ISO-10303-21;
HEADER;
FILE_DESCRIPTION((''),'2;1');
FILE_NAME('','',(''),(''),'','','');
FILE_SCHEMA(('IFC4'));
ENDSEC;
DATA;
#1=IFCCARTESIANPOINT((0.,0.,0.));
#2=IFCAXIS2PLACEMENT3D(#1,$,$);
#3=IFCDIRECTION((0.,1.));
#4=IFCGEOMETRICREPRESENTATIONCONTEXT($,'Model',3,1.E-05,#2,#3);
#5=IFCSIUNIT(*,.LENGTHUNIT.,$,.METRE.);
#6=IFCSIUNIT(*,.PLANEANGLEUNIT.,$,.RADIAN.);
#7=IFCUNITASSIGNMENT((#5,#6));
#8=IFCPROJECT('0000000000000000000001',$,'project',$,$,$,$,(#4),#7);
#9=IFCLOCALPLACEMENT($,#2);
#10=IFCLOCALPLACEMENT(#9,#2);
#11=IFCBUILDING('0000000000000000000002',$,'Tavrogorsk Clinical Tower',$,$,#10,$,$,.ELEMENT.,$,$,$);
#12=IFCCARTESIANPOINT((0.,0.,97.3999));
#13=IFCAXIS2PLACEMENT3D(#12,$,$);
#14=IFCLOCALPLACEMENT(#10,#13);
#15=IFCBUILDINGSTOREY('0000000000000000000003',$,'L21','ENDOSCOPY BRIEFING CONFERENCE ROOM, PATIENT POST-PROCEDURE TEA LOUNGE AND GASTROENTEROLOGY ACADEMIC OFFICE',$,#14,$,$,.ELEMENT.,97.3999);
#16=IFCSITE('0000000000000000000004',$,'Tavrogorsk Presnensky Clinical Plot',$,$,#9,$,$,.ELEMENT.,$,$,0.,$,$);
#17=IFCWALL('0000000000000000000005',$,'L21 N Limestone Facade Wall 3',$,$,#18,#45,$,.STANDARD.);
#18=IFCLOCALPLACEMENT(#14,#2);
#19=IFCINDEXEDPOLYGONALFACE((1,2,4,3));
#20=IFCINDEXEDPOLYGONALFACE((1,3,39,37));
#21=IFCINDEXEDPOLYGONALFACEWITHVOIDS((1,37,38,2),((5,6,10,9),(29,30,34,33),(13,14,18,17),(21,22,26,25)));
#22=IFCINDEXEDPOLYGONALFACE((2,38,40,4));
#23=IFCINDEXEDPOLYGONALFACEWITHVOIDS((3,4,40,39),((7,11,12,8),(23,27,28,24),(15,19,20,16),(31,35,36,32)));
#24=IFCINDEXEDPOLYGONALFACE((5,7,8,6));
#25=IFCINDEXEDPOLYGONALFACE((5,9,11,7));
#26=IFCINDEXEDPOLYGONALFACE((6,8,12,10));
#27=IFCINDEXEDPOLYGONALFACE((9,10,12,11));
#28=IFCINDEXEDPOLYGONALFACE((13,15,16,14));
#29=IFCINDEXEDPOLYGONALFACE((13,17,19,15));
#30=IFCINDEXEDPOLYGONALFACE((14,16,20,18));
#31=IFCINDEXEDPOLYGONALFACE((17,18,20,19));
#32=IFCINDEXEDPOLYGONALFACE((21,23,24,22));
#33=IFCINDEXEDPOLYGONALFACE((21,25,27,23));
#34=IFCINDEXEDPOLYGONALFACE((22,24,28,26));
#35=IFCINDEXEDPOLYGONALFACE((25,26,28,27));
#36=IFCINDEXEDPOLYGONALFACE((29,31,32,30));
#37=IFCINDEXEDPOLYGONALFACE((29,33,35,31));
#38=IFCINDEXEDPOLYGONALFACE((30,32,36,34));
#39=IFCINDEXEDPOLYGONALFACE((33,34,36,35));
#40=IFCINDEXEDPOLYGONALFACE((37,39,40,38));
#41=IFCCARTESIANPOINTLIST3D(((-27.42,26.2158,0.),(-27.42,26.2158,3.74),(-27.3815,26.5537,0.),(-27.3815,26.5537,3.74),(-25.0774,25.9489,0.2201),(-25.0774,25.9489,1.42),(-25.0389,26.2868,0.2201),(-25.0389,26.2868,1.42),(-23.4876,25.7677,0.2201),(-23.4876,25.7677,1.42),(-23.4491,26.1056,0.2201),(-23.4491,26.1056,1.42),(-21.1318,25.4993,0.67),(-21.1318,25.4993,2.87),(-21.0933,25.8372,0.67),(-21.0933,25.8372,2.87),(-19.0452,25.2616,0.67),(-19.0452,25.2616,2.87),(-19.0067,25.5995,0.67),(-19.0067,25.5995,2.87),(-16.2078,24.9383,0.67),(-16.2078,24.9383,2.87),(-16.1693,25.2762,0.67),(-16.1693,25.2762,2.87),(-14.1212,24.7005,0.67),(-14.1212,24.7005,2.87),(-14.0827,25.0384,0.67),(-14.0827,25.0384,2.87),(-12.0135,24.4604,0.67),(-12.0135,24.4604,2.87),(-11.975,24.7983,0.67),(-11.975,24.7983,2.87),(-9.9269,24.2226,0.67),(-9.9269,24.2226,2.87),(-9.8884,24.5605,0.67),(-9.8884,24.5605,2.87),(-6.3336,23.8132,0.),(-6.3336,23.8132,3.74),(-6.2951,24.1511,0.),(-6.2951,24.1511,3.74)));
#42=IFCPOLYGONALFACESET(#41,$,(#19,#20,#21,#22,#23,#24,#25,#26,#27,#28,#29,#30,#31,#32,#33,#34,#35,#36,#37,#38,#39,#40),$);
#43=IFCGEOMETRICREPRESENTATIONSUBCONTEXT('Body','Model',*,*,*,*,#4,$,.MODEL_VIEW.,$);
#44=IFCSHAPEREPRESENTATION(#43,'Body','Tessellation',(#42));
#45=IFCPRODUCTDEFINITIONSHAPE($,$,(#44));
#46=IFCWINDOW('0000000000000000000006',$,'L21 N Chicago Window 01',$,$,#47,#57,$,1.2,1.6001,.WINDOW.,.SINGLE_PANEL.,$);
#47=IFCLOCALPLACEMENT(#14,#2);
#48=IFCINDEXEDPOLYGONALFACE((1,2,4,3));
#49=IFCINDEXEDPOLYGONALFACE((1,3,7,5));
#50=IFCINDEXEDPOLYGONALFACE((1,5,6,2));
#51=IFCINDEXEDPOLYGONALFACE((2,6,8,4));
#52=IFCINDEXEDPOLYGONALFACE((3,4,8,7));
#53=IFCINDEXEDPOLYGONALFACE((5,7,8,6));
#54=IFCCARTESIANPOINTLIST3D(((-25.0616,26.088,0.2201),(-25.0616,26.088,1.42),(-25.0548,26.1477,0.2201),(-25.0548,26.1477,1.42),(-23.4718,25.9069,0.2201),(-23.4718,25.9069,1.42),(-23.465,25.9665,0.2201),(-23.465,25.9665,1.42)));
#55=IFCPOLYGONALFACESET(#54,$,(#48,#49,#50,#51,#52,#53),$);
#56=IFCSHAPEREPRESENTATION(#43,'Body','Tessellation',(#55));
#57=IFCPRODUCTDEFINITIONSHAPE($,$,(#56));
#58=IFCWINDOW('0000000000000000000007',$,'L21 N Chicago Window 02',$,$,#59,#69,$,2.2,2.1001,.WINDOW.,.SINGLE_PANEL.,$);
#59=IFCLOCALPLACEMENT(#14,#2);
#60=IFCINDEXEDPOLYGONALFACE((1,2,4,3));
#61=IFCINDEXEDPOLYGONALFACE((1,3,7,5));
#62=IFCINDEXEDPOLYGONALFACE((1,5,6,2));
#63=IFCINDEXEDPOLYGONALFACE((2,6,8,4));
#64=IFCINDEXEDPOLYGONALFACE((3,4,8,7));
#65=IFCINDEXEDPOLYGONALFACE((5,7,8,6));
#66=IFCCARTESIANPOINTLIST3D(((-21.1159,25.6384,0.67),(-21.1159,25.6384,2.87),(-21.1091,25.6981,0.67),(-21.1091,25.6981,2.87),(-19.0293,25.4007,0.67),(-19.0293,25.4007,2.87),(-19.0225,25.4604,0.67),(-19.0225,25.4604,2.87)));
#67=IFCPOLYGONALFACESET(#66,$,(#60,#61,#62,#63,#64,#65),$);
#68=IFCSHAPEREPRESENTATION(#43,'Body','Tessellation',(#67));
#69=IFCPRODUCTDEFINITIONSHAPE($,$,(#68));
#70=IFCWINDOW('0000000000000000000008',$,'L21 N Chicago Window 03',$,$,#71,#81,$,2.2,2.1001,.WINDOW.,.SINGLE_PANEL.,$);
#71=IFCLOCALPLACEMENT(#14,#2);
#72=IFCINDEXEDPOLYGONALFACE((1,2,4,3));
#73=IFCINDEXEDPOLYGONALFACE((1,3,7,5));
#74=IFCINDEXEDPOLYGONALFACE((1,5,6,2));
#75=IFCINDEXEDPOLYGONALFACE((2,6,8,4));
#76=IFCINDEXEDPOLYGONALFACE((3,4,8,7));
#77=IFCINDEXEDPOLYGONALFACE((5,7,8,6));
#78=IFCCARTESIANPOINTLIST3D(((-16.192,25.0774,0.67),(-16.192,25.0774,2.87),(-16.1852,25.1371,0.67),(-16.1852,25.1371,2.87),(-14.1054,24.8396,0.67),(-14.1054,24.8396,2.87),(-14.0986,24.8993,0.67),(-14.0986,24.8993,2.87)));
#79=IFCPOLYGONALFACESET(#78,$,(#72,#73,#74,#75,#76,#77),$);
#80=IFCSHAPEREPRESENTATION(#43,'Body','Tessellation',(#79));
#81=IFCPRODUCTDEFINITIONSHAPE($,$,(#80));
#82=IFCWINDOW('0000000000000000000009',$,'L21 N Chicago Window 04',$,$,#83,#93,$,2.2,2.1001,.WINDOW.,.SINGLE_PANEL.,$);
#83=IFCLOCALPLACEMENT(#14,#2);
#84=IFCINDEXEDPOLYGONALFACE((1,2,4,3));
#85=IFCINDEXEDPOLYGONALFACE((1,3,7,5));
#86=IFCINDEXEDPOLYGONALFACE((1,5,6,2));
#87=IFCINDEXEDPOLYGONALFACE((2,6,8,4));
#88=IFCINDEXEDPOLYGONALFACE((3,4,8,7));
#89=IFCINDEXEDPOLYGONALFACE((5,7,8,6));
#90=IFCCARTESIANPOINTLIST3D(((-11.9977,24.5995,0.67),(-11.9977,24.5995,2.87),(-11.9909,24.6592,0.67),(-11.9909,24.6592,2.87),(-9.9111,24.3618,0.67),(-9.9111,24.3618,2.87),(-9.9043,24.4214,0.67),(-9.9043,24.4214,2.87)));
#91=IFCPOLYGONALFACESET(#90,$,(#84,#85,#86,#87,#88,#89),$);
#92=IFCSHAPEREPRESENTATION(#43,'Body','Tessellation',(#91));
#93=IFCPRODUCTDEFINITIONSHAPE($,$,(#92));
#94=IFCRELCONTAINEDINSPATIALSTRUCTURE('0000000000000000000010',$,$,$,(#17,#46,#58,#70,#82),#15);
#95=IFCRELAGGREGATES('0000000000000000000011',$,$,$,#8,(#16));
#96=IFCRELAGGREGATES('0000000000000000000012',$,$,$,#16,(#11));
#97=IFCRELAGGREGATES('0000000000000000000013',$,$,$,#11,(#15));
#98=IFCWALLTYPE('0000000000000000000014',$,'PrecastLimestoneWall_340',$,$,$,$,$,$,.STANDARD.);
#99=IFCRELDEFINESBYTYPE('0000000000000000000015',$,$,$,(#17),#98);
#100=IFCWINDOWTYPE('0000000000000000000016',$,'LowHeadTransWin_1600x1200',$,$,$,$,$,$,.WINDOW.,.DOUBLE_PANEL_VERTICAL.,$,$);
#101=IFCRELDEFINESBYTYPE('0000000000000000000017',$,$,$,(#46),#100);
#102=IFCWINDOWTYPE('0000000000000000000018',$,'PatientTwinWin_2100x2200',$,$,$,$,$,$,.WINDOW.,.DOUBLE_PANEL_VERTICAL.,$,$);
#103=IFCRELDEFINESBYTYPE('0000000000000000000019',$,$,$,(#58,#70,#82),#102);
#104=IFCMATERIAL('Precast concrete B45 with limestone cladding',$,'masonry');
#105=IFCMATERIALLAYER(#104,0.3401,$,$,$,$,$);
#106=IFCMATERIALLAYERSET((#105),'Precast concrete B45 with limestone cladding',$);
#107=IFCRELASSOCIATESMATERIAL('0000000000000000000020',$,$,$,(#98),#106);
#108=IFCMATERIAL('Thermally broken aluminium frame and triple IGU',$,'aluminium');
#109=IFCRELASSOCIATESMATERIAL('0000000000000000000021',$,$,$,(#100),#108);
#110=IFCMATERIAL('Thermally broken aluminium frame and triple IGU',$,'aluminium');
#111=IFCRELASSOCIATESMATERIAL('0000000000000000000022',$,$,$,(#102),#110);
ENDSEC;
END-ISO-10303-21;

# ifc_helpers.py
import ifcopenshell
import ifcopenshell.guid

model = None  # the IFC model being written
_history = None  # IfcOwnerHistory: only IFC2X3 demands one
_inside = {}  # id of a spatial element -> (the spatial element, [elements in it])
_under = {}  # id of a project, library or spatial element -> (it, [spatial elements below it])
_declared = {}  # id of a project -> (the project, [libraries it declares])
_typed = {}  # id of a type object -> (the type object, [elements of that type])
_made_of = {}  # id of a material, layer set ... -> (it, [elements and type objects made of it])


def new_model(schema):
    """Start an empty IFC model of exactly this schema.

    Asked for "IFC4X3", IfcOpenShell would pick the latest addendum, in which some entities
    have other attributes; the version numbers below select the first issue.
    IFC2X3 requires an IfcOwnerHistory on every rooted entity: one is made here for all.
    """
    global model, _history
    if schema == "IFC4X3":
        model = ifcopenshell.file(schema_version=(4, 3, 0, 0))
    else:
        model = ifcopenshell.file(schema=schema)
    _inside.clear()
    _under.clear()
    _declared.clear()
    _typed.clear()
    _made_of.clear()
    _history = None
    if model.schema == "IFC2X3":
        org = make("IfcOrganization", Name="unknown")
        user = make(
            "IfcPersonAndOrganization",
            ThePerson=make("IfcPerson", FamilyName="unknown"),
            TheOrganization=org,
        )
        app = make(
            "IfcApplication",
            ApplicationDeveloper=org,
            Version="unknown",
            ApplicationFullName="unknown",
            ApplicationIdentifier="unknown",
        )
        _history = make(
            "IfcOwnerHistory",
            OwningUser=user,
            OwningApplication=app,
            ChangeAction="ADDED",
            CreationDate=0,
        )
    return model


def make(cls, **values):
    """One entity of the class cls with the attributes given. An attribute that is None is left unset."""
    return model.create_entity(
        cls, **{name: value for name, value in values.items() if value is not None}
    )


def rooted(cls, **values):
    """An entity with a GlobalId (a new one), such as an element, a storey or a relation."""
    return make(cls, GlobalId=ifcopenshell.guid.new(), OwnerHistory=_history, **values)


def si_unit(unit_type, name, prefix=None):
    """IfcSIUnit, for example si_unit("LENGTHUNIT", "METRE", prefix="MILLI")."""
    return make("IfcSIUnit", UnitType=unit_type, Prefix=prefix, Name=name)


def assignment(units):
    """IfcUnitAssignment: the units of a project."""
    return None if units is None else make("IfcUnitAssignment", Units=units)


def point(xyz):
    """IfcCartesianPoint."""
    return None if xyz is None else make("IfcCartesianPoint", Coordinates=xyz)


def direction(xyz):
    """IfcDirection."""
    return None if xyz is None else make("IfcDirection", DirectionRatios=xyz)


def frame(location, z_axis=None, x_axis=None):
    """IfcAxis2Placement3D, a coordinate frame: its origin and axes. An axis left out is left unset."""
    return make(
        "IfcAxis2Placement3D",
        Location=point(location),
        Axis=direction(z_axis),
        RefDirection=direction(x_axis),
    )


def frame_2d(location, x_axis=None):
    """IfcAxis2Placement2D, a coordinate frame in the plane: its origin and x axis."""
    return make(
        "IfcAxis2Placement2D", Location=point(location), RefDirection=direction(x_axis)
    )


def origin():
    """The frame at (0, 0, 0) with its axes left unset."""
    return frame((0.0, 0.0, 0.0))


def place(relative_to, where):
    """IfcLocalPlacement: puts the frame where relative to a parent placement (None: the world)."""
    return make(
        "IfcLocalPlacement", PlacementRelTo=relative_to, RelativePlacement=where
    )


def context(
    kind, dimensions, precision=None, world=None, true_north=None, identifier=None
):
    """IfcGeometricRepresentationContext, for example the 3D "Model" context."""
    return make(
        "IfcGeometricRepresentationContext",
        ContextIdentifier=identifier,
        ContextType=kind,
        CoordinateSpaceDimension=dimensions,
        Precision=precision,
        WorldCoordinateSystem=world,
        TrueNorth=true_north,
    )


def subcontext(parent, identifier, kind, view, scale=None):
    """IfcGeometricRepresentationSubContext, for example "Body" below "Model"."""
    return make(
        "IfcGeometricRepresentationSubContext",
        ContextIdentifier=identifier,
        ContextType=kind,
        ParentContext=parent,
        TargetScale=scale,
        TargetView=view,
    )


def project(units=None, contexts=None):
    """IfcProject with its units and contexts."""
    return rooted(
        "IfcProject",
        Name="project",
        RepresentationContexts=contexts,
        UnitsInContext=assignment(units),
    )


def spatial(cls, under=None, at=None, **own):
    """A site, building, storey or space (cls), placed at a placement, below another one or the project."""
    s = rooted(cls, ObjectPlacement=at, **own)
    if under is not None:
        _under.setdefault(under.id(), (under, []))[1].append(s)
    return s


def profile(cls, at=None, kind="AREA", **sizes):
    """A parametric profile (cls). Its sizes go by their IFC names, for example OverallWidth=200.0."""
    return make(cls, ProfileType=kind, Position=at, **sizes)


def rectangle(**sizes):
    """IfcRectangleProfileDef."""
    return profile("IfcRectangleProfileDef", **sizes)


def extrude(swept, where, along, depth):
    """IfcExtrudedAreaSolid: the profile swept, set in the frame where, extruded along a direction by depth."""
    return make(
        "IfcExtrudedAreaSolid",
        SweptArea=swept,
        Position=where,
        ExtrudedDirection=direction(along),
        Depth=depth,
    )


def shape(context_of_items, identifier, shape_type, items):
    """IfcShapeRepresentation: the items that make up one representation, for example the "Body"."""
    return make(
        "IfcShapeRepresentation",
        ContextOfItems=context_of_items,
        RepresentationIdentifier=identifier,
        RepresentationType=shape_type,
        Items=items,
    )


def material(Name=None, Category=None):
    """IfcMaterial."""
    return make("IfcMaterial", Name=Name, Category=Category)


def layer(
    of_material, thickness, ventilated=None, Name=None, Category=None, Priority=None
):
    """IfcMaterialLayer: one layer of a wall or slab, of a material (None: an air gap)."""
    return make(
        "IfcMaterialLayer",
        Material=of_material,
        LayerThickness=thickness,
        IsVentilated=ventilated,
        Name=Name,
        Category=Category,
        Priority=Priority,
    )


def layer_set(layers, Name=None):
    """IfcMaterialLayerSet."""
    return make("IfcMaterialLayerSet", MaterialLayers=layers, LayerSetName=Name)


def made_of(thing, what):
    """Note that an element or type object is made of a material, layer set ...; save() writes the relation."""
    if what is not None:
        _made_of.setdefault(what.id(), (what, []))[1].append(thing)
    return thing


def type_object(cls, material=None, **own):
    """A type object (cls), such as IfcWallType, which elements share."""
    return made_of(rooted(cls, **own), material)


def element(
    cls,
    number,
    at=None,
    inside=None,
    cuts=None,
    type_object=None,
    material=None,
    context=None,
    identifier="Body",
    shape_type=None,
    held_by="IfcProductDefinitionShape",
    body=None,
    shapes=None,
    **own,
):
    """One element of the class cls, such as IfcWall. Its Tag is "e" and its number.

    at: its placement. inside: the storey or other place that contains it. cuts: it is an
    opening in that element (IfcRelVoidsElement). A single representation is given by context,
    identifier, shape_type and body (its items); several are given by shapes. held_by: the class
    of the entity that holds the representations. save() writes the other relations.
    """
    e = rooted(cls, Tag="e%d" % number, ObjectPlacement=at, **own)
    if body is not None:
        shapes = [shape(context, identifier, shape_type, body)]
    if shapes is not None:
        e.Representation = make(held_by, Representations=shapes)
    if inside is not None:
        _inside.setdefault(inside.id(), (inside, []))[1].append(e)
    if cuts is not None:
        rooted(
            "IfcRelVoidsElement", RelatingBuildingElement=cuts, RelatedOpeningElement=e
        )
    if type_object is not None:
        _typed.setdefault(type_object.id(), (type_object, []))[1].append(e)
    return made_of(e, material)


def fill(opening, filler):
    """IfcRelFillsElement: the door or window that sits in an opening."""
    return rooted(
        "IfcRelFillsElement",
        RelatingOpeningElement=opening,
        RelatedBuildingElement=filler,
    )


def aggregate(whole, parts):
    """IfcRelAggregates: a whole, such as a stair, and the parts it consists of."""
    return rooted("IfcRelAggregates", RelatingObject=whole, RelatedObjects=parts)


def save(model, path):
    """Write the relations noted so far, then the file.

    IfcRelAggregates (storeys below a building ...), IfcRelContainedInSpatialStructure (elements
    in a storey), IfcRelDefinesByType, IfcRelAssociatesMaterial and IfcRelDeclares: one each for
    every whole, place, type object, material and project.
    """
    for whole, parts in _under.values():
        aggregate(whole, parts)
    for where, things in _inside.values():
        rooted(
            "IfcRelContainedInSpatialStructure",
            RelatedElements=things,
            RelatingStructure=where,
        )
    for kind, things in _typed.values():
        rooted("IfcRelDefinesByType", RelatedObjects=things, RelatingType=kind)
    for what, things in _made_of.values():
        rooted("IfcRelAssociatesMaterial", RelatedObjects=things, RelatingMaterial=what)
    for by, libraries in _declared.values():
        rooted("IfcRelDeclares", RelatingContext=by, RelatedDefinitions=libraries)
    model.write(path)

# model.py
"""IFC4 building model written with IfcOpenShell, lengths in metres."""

from ifc_helpers import new_model, si_unit, direction, frame, frame_2d, origin, place, context, subcontext, project, spatial, rectangle, extrude, material, layer, layer_set, type_object, element, fill, save


model = new_model("IFC4")

# Units and contexts
model_context = context("Model", 3, precision=1e-05, world=origin(), true_north=direction((0.0, 1.0)))
body_context = subcontext(model_context, "Body", "Model", "MODEL_VIEW")
ifc_project = project(units=[si_unit("LENGTHUNIT", "METRE"), si_unit("PLANEANGLEUNIT", "RADIAN")], contexts=[model_context])

# Site, building, storey
site_placement = place(None, origin())
site = spatial("IfcSite", under=ifc_project, at=site_placement, Name="Tavrogorsk Presnensky Clinical Plot", CompositionType="ELEMENT", RefElevation=0.0)
building_placement = place(site_placement, origin())
building = spatial("IfcBuilding", under=site, at=building_placement, Name="Tavrogorsk Clinical Tower", CompositionType="ELEMENT")
storey_placement = place(building_placement, frame((0.0, 0.0, 97.3999)))
storey = spatial("IfcBuildingStorey", under=building, at=storey_placement, Name="L21", Description="ENDOSCOPY BRIEFING CONFERENCE ROOM, PATIENT POST-PROCEDURE TEA LOUNGE AND GASTROENTEROLOGY ACADEMIC OFFICE", CompositionType="ELEMENT", Elevation=97.3999)

# Wall, openings, windows
ifc_material_1 = material(Name="Precast concrete B45 with limestone cladding", Category="masonry")
ifc_layer_1 = layer(ifc_material_1, 0.3401)
ifc_layer_set_1 = layer_set([ifc_layer_1], Name="Precast concrete B45 with limestone cladding")
wall_type_1 = type_object("IfcWallType", Name="PrecastLimestoneWall_340", PredefinedType="STANDARD", material=ifc_layer_set_1)
wall_1_placement = place(storey_placement, frame((-6.3145, 23.9822, 0.0), z_axis=(0.0, 0.0, 1.0), x_axis=(-0.993571, 0.113208, 0.0)))
wall_1 = element("IfcWall", 1, at=wall_1_placement, inside=storey, type_object=wall_type_1, Name="L21 N Limestone Facade Wall 3", PredefinedType="STANDARD", context=body_context, shape_type="SweptSolid", body=[
    extrude(rectangle(XDim=21.2229, YDim=0.3401, at=frame_2d((10.6113, 0.0))), origin(), (0.0, 0.0, 1.0), 3.74),
])
opening_1_placement = place(wall_1_placement, frame((17.2649, 0.0, 0.22)))
opening_1 = element("IfcOpeningElement", 2, at=opening_1_placement, cuts=wall_1, PredefinedType="OPENING", context=body_context, shape_type="SweptSolid", body=[
    extrude(rectangle(XDim=1.6001, YDim=1.2, at=frame_2d((0.8, 0.6001))), frame((0.0, 0.1799, 0.0), z_axis=(0.0, -1.0, 0.0), x_axis=(1.0, 0.0, 0.0)), (0.0, 0.0, 1.0), 0.3601),
])
opening_2_placement = place(wall_1_placement, frame((12.7937, 0.0, 0.6699)))
opening_2 = element("IfcOpeningElement", 3, at=opening_2_placement, cuts=wall_1, PredefinedType="OPENING", context=body_context, shape_type="SweptSolid", body=[
    extrude(rectangle(XDim=2.1001, YDim=2.2, at=frame_2d((1.05, 1.1001))), frame((0.0, 0.1799, 0.0), z_axis=(0.0, -1.0, 0.0), x_axis=(1.0, 0.0, 0.0)), (0.0, 0.0, 1.0), 0.3601),
])
opening_3_placement = place(wall_1_placement, frame((7.8379, 0.0, 0.6699)))
opening_3 = element("IfcOpeningElement", 4, at=opening_3_placement, cuts=wall_1, PredefinedType="OPENING", context=body_context, shape_type="SweptSolid", body=[
    extrude(rectangle(XDim=2.1001, YDim=2.2, at=frame_2d((1.05, 1.1001))), frame((0.0, 0.1799, 0.0), z_axis=(0.0, -1.0, 0.0), x_axis=(1.0, 0.0, 0.0)), (0.0, 0.0, 1.0), 0.3601),
])
opening_4_placement = place(wall_1_placement, frame((3.6165, 0.0, 0.6699)))
opening_4 = element("IfcOpeningElement", 5, at=opening_4_placement, cuts=wall_1, PredefinedType="OPENING", context=body_context, shape_type="SweptSolid", body=[
    extrude(rectangle(XDim=2.1001, YDim=2.2, at=frame_2d((1.05, 1.1001))), frame((0.0, 0.1799, 0.0), z_axis=(0.0, -1.0, 0.0), x_axis=(1.0, 0.0, 0.0)), (0.0, 0.0, 1.0), 0.3601),
])
ifc_material_2 = material(Name="Thermally broken aluminium frame and triple IGU", Category="aluminium")
window_type_1 = type_object("IfcWindowType", Name="LowHeadTransWin_1600x1200", PartitioningType="DOUBLE_PANEL_VERTICAL", PredefinedType="WINDOW", material=ifc_material_2)
window_1_placement = place(opening_1_placement, origin())
window_1 = element("IfcWindow", 6, at=window_1_placement, inside=storey, type_object=window_type_1, Name="L21 N Chicago Window 01", OverallHeight=1.2, OverallWidth=1.6001, PartitioningType="SINGLE_PANEL", PredefinedType="WINDOW", context=body_context, shape_type="SweptSolid", body=[
    extrude(rectangle(XDim=1.6001, YDim=1.2, at=frame_2d((0.8, 0.6001))), frame((0.0, 0.03, 0.0), z_axis=(0.0, -1.0, 0.0), x_axis=(1.0, 0.0, 0.0)), (0.0, 0.0, 1.0), 0.0601),
])
fill(opening_1, window_1)
ifc_material_3 = material(Name="Thermally broken aluminium frame and triple IGU", Category="aluminium")
window_type_2 = type_object("IfcWindowType", Name="PatientTwinWin_2100x2200", PartitioningType="DOUBLE_PANEL_VERTICAL", PredefinedType="WINDOW", material=ifc_material_3)
window_2_placement = place(opening_2_placement, origin())
window_2 = element("IfcWindow", 7, at=window_2_placement, inside=storey, type_object=window_type_2, Name="L21 N Chicago Window 02", OverallHeight=2.2, OverallWidth=2.1001, PartitioningType="SINGLE_PANEL", PredefinedType="WINDOW", context=body_context, shape_type="SweptSolid", body=[
    extrude(rectangle(XDim=2.1001, YDim=2.2, at=frame_2d((1.05, 1.1001))), frame((0.0, 0.03, 0.0), z_axis=(0.0, -1.0, 0.0), x_axis=(1.0, 0.0, 0.0)), (0.0, 0.0, 1.0), 0.0601),
])
fill(opening_2, window_2)
window_3_placement = place(opening_3_placement, origin())
window_3 = element("IfcWindow", 8, at=window_3_placement, inside=storey, type_object=window_type_2, Name="L21 N Chicago Window 03", OverallHeight=2.2, OverallWidth=2.1001, PartitioningType="SINGLE_PANEL", PredefinedType="WINDOW", context=body_context, shape_type="SweptSolid", body=[
    extrude(rectangle(XDim=2.1001, YDim=2.2, at=frame_2d((1.05, 1.1001))), frame((0.0, 0.03, 0.0), z_axis=(0.0, -1.0, 0.0), x_axis=(1.0, 0.0, 0.0)), (0.0, 0.0, 1.0), 0.0601),
])
fill(opening_3, window_3)
window_4_placement = place(opening_4_placement, origin())
window_4 = element("IfcWindow", 9, at=window_4_placement, inside=storey, type_object=window_type_2, Name="L21 N Chicago Window 04", OverallHeight=2.2, OverallWidth=2.1001, PartitioningType="SINGLE_PANEL", PredefinedType="WINDOW", context=body_context, shape_type="SweptSolid", body=[
    extrude(rectangle(XDim=2.1001, YDim=2.2, at=frame_2d((1.05, 1.1001))), frame((0.0, 0.03, 0.0), z_axis=(0.0, -1.0, 0.0), x_axis=(1.0, 0.0, 0.0)), (0.0, 0.0, 1.0), 0.0601),
])
fill(opening_4, window_4)

save(model, "model.ifc")
